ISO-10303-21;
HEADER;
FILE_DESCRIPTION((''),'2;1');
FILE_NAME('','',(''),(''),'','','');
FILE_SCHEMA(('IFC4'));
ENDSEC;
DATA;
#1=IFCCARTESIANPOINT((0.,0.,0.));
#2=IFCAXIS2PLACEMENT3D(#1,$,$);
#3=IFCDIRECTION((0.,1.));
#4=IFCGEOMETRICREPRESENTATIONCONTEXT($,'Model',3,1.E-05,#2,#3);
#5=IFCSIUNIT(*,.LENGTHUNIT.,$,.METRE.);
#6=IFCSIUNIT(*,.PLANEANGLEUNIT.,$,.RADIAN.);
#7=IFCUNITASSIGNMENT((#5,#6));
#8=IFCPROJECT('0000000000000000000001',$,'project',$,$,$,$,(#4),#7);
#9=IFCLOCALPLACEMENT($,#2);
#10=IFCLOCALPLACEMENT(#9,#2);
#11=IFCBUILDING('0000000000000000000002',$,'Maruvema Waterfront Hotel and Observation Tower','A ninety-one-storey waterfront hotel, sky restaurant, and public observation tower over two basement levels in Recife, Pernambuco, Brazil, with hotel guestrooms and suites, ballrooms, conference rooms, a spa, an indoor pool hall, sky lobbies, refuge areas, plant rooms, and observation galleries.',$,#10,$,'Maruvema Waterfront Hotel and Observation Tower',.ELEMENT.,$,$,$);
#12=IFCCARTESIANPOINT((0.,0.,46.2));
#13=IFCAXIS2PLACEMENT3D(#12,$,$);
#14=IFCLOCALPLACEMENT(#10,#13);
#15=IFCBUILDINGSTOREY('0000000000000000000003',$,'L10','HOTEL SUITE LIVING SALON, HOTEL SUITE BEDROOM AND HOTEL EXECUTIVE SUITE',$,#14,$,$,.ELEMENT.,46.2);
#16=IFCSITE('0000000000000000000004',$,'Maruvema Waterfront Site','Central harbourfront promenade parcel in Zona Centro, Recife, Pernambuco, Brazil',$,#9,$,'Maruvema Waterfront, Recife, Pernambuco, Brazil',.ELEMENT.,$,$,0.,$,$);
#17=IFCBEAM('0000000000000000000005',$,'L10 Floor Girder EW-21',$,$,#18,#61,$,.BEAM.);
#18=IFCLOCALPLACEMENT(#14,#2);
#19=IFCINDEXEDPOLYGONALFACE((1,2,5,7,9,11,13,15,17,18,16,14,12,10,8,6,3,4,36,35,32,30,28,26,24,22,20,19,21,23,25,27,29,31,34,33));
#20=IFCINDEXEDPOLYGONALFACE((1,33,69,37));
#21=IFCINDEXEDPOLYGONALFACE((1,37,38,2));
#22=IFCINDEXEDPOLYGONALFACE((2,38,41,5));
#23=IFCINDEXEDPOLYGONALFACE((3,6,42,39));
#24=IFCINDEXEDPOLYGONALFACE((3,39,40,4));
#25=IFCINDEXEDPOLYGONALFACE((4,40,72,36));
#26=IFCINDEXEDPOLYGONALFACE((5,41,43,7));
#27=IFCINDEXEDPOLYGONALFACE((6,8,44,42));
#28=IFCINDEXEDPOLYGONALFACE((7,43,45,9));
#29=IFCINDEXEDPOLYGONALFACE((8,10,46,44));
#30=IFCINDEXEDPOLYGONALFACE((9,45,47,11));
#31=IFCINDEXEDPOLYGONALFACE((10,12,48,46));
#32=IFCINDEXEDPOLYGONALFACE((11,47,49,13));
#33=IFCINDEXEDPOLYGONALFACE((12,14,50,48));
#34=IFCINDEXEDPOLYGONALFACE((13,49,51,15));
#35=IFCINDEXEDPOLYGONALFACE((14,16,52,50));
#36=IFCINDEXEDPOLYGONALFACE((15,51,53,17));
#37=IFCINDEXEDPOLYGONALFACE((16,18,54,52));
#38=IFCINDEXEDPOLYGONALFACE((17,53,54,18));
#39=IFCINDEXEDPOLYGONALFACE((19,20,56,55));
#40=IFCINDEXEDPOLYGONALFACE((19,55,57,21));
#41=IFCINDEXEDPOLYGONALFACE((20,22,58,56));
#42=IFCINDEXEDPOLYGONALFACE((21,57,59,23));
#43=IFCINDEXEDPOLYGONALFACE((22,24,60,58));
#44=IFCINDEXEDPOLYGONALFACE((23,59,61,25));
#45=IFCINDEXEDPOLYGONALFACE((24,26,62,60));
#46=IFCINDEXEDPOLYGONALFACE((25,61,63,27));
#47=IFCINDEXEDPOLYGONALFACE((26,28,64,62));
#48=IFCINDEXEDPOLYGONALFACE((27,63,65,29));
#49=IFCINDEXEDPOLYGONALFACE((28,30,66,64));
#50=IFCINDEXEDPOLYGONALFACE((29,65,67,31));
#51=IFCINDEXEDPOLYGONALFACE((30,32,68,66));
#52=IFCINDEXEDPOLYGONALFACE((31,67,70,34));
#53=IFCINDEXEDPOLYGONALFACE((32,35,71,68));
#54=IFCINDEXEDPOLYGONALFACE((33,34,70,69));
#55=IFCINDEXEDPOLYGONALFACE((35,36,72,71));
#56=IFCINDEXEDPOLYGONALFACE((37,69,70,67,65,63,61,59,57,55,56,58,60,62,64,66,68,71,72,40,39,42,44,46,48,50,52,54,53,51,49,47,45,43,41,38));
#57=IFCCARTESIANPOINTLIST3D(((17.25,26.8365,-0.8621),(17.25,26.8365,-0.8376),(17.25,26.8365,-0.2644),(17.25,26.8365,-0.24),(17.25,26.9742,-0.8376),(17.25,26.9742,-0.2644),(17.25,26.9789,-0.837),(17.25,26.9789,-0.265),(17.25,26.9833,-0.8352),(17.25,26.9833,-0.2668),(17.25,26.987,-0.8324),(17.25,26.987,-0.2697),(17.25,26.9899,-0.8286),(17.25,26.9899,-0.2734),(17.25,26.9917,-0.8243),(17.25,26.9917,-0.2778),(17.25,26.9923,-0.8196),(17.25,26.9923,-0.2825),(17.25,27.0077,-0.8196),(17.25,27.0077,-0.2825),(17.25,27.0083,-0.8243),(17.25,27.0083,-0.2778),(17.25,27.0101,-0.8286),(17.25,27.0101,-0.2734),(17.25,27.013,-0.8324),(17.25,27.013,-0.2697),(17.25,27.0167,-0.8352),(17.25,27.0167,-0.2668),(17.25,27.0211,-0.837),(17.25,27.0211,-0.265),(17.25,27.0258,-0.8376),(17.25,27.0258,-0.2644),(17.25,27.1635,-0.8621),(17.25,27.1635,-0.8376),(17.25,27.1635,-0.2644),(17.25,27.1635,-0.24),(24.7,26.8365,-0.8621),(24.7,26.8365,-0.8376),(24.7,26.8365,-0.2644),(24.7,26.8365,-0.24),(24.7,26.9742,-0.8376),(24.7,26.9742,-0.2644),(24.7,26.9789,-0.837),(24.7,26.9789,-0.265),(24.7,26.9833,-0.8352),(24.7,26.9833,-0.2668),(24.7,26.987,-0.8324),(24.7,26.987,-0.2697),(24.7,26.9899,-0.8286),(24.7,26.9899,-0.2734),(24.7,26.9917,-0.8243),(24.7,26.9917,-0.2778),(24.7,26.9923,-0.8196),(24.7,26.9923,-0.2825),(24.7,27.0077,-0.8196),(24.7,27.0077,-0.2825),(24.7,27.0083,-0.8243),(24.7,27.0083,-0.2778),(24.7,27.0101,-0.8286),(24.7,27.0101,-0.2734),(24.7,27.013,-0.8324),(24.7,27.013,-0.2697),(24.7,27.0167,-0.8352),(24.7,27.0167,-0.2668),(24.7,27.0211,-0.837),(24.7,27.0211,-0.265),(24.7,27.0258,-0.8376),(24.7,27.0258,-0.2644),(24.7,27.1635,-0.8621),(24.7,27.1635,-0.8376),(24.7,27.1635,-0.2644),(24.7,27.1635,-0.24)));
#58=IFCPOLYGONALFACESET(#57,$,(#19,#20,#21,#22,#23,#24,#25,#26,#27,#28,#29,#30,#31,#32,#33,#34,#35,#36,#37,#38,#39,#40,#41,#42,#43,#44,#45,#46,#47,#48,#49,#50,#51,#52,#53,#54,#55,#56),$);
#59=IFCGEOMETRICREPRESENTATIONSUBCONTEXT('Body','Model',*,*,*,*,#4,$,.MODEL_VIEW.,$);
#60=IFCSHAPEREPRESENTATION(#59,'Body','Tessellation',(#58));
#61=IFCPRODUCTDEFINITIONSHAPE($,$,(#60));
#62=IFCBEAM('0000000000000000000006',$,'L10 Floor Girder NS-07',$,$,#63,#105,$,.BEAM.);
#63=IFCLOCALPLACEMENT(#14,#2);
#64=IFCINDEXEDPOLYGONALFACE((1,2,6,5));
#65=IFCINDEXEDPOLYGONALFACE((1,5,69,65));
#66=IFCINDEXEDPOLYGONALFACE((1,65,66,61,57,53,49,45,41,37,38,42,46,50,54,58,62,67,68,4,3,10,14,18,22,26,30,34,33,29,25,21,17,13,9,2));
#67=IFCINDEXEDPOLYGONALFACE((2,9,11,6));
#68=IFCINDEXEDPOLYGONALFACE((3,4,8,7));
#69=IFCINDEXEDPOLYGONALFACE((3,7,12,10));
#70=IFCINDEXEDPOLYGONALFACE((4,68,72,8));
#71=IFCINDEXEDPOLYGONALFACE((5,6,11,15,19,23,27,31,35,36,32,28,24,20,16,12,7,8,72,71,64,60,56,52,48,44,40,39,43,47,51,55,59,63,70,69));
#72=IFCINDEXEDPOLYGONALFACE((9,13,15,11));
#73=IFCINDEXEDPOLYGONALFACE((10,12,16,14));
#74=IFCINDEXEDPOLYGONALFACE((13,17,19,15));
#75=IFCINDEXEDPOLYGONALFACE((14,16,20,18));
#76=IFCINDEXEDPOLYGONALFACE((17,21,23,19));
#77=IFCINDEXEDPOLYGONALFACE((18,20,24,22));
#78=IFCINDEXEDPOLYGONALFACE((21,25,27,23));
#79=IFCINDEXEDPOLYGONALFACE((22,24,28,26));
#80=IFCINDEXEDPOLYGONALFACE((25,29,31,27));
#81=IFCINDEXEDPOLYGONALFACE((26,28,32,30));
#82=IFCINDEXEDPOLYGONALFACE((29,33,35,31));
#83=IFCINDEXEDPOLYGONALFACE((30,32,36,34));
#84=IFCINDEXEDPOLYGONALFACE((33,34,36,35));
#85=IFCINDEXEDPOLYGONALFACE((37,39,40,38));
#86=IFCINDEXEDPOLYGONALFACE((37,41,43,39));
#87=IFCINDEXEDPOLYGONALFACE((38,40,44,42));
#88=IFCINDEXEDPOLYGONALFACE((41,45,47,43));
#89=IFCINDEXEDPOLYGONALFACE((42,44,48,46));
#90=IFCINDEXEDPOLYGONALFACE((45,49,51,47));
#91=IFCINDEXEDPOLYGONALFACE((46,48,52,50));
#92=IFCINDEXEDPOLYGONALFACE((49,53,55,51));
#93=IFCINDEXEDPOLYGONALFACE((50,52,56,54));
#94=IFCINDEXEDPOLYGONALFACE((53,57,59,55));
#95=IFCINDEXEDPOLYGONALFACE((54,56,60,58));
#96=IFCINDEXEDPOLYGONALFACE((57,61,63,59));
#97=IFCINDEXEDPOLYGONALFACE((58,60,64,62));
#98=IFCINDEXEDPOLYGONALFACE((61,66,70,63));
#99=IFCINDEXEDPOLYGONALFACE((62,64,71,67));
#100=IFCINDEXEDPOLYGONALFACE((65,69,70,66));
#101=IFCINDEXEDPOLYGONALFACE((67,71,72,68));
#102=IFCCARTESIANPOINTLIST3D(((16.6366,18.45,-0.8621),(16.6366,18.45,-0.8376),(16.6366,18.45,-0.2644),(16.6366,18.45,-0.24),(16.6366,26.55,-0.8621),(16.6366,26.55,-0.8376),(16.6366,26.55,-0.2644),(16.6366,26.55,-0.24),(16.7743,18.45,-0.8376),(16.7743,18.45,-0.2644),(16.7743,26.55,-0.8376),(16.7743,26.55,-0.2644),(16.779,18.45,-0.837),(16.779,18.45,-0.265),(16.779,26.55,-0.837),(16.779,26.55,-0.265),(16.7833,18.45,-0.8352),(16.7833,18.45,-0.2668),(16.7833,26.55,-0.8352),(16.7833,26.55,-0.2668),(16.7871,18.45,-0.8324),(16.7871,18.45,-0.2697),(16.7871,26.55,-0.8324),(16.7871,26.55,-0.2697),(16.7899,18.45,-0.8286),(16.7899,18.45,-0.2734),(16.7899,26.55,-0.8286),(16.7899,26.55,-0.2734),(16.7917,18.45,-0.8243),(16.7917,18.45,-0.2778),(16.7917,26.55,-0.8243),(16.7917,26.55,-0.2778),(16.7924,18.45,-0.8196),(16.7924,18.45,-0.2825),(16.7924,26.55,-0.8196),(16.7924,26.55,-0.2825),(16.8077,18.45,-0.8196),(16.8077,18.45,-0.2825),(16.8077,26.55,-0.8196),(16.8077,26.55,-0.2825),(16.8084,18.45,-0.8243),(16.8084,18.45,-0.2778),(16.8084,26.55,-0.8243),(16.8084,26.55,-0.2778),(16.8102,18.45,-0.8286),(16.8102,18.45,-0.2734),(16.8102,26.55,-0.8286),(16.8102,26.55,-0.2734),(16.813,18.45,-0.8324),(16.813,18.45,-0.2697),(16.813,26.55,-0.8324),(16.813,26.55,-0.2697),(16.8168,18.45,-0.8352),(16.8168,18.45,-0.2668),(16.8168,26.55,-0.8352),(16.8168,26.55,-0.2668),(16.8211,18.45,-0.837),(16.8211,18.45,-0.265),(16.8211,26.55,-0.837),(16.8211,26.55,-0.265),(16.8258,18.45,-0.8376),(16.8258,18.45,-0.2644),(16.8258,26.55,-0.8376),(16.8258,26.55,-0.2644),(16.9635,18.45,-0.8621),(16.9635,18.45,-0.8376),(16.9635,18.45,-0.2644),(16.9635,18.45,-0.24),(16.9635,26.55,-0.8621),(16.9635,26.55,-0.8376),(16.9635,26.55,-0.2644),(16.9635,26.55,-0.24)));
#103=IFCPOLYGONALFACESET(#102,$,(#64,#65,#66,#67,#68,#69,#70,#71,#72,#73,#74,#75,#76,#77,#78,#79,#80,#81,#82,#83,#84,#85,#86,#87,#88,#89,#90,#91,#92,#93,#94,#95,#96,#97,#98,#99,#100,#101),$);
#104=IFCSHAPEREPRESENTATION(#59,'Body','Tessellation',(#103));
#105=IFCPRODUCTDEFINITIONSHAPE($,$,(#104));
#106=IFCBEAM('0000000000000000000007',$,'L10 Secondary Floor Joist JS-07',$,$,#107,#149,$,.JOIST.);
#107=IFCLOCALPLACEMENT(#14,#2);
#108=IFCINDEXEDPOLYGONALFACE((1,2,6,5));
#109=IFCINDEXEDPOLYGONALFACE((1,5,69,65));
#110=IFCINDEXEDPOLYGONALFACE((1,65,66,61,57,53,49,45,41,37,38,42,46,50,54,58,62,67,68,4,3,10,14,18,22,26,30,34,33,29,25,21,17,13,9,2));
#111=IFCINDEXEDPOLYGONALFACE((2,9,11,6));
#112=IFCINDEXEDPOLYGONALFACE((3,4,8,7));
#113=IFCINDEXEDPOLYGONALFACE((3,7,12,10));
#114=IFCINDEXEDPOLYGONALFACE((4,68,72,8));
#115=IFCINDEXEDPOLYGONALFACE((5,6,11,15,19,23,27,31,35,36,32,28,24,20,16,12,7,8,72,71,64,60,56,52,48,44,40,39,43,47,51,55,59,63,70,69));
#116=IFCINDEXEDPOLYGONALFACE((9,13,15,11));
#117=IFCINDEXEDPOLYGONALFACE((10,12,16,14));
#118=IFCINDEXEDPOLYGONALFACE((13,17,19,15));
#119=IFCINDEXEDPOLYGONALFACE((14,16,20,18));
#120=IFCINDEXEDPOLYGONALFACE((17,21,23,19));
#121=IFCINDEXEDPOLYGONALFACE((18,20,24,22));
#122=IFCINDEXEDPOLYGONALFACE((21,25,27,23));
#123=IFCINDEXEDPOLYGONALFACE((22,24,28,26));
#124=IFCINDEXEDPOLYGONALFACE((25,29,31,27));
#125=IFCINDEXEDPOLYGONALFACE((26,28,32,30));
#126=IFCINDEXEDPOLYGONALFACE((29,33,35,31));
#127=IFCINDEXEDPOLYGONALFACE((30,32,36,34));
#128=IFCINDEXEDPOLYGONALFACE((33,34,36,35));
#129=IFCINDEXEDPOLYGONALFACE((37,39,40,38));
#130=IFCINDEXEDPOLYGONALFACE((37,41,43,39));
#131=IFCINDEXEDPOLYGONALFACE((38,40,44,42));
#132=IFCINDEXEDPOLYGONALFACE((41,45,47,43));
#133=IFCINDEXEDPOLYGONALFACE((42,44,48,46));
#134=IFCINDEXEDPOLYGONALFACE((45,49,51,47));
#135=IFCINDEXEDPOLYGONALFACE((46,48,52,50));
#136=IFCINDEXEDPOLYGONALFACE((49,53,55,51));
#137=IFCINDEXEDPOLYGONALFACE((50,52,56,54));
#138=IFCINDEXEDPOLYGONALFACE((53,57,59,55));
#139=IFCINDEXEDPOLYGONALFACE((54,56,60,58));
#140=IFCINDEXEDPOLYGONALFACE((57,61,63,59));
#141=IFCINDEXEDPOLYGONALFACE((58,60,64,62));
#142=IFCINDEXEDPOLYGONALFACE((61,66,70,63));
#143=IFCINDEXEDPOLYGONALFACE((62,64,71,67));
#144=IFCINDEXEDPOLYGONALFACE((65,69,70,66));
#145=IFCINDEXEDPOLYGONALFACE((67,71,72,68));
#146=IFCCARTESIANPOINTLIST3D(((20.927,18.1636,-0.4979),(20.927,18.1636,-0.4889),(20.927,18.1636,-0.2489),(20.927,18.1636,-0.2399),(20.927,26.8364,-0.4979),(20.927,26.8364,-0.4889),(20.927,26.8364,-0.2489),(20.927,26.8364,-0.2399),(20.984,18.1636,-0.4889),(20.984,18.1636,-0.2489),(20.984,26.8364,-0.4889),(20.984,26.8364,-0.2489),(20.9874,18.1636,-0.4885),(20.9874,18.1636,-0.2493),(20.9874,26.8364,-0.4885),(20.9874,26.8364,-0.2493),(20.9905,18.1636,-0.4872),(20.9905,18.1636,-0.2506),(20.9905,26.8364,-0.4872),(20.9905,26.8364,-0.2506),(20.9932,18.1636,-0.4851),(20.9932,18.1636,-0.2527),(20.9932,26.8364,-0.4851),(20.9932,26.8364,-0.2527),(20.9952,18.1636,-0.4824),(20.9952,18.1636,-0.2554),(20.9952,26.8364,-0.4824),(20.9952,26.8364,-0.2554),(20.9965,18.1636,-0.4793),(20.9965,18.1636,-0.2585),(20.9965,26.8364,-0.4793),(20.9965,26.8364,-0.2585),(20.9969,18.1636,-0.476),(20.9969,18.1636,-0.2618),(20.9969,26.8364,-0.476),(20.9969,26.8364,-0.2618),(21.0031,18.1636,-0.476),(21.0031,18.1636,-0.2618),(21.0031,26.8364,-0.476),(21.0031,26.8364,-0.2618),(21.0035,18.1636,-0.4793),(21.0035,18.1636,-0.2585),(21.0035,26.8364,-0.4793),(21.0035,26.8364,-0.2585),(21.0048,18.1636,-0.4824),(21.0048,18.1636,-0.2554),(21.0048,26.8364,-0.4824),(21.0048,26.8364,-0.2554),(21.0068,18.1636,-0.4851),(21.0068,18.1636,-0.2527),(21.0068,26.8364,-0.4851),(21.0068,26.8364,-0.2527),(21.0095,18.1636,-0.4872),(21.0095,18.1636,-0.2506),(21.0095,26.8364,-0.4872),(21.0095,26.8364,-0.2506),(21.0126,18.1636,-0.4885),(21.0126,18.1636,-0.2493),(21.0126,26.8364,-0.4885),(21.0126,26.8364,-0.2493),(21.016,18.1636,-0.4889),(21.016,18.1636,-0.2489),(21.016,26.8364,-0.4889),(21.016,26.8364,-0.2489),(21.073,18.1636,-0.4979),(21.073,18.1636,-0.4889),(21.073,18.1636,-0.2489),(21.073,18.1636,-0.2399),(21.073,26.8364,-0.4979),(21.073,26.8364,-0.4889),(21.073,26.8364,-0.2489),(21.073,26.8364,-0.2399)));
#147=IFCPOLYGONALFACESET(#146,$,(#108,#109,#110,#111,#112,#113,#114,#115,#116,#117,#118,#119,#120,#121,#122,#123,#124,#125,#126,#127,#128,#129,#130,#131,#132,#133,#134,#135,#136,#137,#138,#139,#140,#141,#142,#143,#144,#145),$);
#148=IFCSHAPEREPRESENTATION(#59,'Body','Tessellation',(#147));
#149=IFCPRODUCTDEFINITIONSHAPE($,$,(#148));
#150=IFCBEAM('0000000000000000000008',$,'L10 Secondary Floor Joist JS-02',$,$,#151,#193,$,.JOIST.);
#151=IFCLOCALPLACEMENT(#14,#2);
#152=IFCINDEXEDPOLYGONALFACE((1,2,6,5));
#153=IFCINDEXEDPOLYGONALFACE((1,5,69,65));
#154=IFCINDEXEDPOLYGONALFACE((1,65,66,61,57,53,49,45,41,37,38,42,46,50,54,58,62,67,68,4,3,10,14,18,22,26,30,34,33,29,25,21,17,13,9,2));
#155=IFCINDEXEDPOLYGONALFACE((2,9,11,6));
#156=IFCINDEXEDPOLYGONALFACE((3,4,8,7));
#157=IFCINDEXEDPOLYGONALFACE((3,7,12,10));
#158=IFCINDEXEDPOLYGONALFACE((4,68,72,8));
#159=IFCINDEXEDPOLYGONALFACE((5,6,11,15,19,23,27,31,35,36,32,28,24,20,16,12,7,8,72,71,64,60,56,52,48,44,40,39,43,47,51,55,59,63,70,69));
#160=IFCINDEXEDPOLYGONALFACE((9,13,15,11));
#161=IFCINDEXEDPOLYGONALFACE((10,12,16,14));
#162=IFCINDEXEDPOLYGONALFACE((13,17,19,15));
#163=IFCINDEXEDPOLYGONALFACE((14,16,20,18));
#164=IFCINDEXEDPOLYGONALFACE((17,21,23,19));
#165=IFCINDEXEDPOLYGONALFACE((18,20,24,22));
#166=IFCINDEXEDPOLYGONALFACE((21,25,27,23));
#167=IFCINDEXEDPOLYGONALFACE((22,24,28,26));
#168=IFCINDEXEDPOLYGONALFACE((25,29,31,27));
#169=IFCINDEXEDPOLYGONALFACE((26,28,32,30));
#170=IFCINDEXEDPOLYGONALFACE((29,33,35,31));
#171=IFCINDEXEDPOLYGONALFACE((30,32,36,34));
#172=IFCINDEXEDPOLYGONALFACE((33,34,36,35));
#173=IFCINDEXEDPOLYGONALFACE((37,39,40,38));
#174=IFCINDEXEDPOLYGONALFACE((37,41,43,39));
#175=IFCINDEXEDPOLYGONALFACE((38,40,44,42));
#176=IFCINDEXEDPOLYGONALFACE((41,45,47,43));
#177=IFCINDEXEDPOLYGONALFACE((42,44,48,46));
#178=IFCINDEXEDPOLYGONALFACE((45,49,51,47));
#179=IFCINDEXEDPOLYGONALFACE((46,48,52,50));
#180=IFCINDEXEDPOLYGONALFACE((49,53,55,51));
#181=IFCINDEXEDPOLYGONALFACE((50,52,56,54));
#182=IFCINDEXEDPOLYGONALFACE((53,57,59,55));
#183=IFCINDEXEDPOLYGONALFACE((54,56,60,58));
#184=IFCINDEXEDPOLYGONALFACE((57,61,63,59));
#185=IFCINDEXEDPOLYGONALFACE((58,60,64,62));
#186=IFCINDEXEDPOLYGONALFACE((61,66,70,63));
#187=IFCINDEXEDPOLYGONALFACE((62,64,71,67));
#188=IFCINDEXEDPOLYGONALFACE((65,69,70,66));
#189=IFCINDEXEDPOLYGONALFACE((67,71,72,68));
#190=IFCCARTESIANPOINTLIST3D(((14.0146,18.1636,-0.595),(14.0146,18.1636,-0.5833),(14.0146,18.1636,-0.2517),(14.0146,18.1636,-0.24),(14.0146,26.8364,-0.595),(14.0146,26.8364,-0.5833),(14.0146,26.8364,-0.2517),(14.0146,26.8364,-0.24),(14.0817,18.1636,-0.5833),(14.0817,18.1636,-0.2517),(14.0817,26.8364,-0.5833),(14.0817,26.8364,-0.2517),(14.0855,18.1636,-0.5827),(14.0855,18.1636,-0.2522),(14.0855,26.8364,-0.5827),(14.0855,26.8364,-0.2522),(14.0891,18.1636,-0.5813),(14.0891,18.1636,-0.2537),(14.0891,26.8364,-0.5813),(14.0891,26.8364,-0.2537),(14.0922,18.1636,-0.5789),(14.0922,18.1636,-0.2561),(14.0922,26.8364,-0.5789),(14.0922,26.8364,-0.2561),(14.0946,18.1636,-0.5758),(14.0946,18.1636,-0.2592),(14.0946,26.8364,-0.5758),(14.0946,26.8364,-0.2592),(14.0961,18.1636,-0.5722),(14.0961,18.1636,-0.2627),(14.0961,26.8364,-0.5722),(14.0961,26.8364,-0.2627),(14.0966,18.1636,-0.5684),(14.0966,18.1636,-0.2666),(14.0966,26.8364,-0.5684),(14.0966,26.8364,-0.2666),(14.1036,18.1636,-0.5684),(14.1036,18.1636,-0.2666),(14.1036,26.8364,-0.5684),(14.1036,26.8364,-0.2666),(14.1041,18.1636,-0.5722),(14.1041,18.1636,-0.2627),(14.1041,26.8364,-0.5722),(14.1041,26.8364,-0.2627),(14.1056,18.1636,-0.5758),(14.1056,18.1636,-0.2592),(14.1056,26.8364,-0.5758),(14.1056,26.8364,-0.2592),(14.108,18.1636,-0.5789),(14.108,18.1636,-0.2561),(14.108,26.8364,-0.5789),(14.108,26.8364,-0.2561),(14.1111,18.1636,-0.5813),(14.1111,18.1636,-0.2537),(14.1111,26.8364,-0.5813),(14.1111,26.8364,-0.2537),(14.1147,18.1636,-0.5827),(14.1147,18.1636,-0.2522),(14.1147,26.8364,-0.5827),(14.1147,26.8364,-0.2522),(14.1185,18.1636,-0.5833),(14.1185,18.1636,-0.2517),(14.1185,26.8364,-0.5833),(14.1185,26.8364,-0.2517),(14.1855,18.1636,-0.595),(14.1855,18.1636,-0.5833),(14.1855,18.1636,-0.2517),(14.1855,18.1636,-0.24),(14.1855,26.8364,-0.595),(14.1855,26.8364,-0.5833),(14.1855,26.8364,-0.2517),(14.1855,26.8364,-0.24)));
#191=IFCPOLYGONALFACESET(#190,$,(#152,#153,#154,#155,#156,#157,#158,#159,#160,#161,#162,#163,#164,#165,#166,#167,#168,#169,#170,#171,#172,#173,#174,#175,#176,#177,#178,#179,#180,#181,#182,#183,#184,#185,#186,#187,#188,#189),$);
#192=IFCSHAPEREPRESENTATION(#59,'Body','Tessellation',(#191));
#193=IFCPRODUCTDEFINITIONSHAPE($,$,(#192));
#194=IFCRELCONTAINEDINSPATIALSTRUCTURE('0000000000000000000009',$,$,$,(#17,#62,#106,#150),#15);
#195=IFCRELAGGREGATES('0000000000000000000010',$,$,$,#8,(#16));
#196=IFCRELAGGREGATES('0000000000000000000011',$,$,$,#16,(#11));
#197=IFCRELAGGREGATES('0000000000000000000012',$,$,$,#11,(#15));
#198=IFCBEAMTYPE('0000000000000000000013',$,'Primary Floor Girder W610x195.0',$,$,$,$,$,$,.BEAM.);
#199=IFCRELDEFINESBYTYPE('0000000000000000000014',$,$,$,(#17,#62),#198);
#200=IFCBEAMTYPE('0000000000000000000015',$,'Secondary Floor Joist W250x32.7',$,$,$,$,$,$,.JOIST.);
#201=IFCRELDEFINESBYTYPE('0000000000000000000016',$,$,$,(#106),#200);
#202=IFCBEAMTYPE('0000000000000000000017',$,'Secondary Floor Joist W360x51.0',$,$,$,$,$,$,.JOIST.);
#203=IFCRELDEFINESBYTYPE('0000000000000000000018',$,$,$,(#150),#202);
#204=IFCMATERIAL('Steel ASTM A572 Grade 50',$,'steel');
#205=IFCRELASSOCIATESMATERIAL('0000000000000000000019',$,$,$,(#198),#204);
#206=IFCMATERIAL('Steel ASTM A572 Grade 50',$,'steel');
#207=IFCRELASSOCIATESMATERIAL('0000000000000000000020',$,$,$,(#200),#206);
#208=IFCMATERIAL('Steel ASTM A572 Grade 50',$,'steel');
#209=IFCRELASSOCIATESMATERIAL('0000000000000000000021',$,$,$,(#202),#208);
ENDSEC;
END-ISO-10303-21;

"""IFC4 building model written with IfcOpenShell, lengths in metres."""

from ifc_helpers import new_model, si_unit, direction, frame, origin, origin_2d, place, context, subcontext, project, spatial, i_section, extrude, material, material_profile, profile_set, type_object, element, save


model = new_model("IFC4")

# Units and contexts
model_context = context("Model", 3, precision=1e-05, world=origin(), true_north=direction((0.0, 1.0)))
body_context = subcontext(model_context, "Body", "Model", "MODEL_VIEW")
ifc_project = project(units=[si_unit("LENGTHUNIT", "METRE"), si_unit("PLANEANGLEUNIT", "RADIAN")], contexts=[model_context])

# Site, building, storey
site_placement = place(None, origin())
site = spatial("IfcSite", under=ifc_project, at=site_placement, Name="Maruvema Waterfront Site", Description="Central harbourfront promenade parcel in Zona Centro, Recife, Pernambuco, Brazil", LongName="Maruvema Waterfront, Recife, Pernambuco, Brazil", CompositionType="ELEMENT", RefElevation=0.0)
building_placement = place(site_placement, origin())
building = spatial("IfcBuilding", under=site, at=building_placement, Name="Maruvema Waterfront Hotel and Observation Tower", Description="A ninety-one-storey waterfront hotel, sky restaurant, and public observation tower over two basement levels in Recife, Pernambuco, Brazil, with hotel guestrooms and suites, ballrooms, conference rooms, a spa, an indoor pool hall, sky lobbies, refuge areas, plant rooms, and observation galleries.", LongName="Maruvema Waterfront Hotel and Observation Tower", CompositionType="ELEMENT")
storey_placement = place(building_placement, frame((0.0, 0.0, 46.2)))
storey = spatial("IfcBuildingStorey", under=building, at=storey_placement, Name="L10", Description="HOTEL SUITE LIVING SALON, HOTEL SUITE BEDROOM AND HOTEL EXECUTIVE SUITE", CompositionType="ELEMENT", Elevation=46.2)

# Beams
ifc_material_1 = material(Name="Steel ASTM A572 Grade 50", Category="steel")
ifc_material_profile_1 = material_profile(ifc_material_1, i_section(OverallWidth=0.3269, OverallDepth=0.6221, WebThickness=0.0154, FlangeThickness=0.0244, FilletRadius=0.0181, at=origin_2d()), Name="W610x195.0")
ifc_profile_set_1 = profile_set([ifc_material_profile_1], Name="Steel ASTM A572 Grade 50")
beam_type_1 = type_object("IfcBeamType", Name="Primary Floor Girder W610x195.0", PredefinedType="BEAM", material=ifc_profile_set_1)
beam_1_placement = place(storey_placement, frame((17.25, 27.0, -0.551), z_axis=(1.0, 0.0, 0.0), x_axis=(0.0, 1.0, 0.0)))
element("IfcBeam", 1, at=beam_1_placement, inside=storey, type_object=beam_type_1, Name="L10 Floor Girder EW-21", PredefinedType="BEAM", context=body_context, shape_type="SweptSolid", body=[
    extrude(i_section(OverallWidth=0.3269, OverallDepth=0.6221, WebThickness=0.0154, FlangeThickness=0.0244, FilletRadius=0.0181, at=origin_2d()), origin(), (0.0, 0.0, 1.0), 7.45),
])
beam_2_placement = place(storey_placement, frame((16.8, 18.45, -0.551), z_axis=(0.0, 1.0, 0.0), x_axis=(-1.0, 0.0, 0.0)))
element("IfcBeam", 2, at=beam_2_placement, inside=storey, type_object=beam_type_1, Name="L10 Floor Girder NS-07", PredefinedType="BEAM", context=body_context, shape_type="SweptSolid", body=[
    extrude(i_section(OverallWidth=0.3269, OverallDepth=0.6221, WebThickness=0.0154, FlangeThickness=0.0244, FilletRadius=0.0181, at=origin_2d()), origin(), (0.0, 0.0, 1.0), 8.1001),
])
ifc_material_2 = material(Name="Steel ASTM A572 Grade 50", Category="steel")
ifc_material_profile_2 = material_profile(ifc_material_2, i_section(OverallWidth=0.146, OverallDepth=0.2581, WebThickness=0.0061, FlangeThickness=0.009, FilletRadius=0.0129, at=origin_2d()), Name="W250x32.7")
ifc_profile_set_2 = profile_set([ifc_material_profile_2], Name="Steel ASTM A572 Grade 50")
beam_type_2 = type_object("IfcBeamType", Name="Secondary Floor Joist W250x32.7", PredefinedType="JOIST", material=ifc_profile_set_2)
beam_3_placement = place(storey_placement, frame((21.0, 18.1636, -0.3689), z_axis=(0.0, 1.0, 0.0), x_axis=(-1.0, 0.0, 0.0)))
element("IfcBeam", 3, at=beam_3_placement, inside=storey, type_object=beam_type_2, Name="L10 Secondary Floor Joist JS-07", PredefinedType="JOIST", context=body_context, shape_type="SweptSolid", body=[
    extrude(i_section(OverallWidth=0.146, OverallDepth=0.2581, WebThickness=0.0061, FlangeThickness=0.009, FilletRadius=0.0129, at=origin_2d()), origin(), (0.0, 0.0, 1.0), 8.6729),
])
ifc_material_3 = material(Name="Steel ASTM A572 Grade 50", Category="steel")
ifc_material_profile_3 = material_profile(ifc_material_3, i_section(OverallWidth=0.1709, OverallDepth=0.355, WebThickness=0.0071, FlangeThickness=0.0117, FilletRadius=0.0149, at=origin_2d()), Name="W360x51.0")
ifc_profile_set_3 = profile_set([ifc_material_profile_3], Name="Steel ASTM A572 Grade 50")
beam_type_3 = type_object("IfcBeamType", Name="Secondary Floor Joist W360x51.0", PredefinedType="JOIST", material=ifc_profile_set_3)
beam_4_placement = place(storey_placement, frame((14.1001, 18.1636, -0.4175), z_axis=(0.0, 1.0, 0.0), x_axis=(-1.0, 0.0, 0.0)))
element("IfcBeam", 4, at=beam_4_placement, inside=storey, type_object=beam_type_3, Name="L10 Secondary Floor Joist JS-02", PredefinedType="JOIST", context=body_context, shape_type="SweptSolid", body=[
    extrude(i_section(OverallWidth=0.1709, OverallDepth=0.355, WebThickness=0.0071, FlangeThickness=0.0117, FilletRadius=0.0149, at=origin_2d()), origin(), (0.0, 0.0, 1.0), 8.6729),
])

save(model, "model.ifc")
